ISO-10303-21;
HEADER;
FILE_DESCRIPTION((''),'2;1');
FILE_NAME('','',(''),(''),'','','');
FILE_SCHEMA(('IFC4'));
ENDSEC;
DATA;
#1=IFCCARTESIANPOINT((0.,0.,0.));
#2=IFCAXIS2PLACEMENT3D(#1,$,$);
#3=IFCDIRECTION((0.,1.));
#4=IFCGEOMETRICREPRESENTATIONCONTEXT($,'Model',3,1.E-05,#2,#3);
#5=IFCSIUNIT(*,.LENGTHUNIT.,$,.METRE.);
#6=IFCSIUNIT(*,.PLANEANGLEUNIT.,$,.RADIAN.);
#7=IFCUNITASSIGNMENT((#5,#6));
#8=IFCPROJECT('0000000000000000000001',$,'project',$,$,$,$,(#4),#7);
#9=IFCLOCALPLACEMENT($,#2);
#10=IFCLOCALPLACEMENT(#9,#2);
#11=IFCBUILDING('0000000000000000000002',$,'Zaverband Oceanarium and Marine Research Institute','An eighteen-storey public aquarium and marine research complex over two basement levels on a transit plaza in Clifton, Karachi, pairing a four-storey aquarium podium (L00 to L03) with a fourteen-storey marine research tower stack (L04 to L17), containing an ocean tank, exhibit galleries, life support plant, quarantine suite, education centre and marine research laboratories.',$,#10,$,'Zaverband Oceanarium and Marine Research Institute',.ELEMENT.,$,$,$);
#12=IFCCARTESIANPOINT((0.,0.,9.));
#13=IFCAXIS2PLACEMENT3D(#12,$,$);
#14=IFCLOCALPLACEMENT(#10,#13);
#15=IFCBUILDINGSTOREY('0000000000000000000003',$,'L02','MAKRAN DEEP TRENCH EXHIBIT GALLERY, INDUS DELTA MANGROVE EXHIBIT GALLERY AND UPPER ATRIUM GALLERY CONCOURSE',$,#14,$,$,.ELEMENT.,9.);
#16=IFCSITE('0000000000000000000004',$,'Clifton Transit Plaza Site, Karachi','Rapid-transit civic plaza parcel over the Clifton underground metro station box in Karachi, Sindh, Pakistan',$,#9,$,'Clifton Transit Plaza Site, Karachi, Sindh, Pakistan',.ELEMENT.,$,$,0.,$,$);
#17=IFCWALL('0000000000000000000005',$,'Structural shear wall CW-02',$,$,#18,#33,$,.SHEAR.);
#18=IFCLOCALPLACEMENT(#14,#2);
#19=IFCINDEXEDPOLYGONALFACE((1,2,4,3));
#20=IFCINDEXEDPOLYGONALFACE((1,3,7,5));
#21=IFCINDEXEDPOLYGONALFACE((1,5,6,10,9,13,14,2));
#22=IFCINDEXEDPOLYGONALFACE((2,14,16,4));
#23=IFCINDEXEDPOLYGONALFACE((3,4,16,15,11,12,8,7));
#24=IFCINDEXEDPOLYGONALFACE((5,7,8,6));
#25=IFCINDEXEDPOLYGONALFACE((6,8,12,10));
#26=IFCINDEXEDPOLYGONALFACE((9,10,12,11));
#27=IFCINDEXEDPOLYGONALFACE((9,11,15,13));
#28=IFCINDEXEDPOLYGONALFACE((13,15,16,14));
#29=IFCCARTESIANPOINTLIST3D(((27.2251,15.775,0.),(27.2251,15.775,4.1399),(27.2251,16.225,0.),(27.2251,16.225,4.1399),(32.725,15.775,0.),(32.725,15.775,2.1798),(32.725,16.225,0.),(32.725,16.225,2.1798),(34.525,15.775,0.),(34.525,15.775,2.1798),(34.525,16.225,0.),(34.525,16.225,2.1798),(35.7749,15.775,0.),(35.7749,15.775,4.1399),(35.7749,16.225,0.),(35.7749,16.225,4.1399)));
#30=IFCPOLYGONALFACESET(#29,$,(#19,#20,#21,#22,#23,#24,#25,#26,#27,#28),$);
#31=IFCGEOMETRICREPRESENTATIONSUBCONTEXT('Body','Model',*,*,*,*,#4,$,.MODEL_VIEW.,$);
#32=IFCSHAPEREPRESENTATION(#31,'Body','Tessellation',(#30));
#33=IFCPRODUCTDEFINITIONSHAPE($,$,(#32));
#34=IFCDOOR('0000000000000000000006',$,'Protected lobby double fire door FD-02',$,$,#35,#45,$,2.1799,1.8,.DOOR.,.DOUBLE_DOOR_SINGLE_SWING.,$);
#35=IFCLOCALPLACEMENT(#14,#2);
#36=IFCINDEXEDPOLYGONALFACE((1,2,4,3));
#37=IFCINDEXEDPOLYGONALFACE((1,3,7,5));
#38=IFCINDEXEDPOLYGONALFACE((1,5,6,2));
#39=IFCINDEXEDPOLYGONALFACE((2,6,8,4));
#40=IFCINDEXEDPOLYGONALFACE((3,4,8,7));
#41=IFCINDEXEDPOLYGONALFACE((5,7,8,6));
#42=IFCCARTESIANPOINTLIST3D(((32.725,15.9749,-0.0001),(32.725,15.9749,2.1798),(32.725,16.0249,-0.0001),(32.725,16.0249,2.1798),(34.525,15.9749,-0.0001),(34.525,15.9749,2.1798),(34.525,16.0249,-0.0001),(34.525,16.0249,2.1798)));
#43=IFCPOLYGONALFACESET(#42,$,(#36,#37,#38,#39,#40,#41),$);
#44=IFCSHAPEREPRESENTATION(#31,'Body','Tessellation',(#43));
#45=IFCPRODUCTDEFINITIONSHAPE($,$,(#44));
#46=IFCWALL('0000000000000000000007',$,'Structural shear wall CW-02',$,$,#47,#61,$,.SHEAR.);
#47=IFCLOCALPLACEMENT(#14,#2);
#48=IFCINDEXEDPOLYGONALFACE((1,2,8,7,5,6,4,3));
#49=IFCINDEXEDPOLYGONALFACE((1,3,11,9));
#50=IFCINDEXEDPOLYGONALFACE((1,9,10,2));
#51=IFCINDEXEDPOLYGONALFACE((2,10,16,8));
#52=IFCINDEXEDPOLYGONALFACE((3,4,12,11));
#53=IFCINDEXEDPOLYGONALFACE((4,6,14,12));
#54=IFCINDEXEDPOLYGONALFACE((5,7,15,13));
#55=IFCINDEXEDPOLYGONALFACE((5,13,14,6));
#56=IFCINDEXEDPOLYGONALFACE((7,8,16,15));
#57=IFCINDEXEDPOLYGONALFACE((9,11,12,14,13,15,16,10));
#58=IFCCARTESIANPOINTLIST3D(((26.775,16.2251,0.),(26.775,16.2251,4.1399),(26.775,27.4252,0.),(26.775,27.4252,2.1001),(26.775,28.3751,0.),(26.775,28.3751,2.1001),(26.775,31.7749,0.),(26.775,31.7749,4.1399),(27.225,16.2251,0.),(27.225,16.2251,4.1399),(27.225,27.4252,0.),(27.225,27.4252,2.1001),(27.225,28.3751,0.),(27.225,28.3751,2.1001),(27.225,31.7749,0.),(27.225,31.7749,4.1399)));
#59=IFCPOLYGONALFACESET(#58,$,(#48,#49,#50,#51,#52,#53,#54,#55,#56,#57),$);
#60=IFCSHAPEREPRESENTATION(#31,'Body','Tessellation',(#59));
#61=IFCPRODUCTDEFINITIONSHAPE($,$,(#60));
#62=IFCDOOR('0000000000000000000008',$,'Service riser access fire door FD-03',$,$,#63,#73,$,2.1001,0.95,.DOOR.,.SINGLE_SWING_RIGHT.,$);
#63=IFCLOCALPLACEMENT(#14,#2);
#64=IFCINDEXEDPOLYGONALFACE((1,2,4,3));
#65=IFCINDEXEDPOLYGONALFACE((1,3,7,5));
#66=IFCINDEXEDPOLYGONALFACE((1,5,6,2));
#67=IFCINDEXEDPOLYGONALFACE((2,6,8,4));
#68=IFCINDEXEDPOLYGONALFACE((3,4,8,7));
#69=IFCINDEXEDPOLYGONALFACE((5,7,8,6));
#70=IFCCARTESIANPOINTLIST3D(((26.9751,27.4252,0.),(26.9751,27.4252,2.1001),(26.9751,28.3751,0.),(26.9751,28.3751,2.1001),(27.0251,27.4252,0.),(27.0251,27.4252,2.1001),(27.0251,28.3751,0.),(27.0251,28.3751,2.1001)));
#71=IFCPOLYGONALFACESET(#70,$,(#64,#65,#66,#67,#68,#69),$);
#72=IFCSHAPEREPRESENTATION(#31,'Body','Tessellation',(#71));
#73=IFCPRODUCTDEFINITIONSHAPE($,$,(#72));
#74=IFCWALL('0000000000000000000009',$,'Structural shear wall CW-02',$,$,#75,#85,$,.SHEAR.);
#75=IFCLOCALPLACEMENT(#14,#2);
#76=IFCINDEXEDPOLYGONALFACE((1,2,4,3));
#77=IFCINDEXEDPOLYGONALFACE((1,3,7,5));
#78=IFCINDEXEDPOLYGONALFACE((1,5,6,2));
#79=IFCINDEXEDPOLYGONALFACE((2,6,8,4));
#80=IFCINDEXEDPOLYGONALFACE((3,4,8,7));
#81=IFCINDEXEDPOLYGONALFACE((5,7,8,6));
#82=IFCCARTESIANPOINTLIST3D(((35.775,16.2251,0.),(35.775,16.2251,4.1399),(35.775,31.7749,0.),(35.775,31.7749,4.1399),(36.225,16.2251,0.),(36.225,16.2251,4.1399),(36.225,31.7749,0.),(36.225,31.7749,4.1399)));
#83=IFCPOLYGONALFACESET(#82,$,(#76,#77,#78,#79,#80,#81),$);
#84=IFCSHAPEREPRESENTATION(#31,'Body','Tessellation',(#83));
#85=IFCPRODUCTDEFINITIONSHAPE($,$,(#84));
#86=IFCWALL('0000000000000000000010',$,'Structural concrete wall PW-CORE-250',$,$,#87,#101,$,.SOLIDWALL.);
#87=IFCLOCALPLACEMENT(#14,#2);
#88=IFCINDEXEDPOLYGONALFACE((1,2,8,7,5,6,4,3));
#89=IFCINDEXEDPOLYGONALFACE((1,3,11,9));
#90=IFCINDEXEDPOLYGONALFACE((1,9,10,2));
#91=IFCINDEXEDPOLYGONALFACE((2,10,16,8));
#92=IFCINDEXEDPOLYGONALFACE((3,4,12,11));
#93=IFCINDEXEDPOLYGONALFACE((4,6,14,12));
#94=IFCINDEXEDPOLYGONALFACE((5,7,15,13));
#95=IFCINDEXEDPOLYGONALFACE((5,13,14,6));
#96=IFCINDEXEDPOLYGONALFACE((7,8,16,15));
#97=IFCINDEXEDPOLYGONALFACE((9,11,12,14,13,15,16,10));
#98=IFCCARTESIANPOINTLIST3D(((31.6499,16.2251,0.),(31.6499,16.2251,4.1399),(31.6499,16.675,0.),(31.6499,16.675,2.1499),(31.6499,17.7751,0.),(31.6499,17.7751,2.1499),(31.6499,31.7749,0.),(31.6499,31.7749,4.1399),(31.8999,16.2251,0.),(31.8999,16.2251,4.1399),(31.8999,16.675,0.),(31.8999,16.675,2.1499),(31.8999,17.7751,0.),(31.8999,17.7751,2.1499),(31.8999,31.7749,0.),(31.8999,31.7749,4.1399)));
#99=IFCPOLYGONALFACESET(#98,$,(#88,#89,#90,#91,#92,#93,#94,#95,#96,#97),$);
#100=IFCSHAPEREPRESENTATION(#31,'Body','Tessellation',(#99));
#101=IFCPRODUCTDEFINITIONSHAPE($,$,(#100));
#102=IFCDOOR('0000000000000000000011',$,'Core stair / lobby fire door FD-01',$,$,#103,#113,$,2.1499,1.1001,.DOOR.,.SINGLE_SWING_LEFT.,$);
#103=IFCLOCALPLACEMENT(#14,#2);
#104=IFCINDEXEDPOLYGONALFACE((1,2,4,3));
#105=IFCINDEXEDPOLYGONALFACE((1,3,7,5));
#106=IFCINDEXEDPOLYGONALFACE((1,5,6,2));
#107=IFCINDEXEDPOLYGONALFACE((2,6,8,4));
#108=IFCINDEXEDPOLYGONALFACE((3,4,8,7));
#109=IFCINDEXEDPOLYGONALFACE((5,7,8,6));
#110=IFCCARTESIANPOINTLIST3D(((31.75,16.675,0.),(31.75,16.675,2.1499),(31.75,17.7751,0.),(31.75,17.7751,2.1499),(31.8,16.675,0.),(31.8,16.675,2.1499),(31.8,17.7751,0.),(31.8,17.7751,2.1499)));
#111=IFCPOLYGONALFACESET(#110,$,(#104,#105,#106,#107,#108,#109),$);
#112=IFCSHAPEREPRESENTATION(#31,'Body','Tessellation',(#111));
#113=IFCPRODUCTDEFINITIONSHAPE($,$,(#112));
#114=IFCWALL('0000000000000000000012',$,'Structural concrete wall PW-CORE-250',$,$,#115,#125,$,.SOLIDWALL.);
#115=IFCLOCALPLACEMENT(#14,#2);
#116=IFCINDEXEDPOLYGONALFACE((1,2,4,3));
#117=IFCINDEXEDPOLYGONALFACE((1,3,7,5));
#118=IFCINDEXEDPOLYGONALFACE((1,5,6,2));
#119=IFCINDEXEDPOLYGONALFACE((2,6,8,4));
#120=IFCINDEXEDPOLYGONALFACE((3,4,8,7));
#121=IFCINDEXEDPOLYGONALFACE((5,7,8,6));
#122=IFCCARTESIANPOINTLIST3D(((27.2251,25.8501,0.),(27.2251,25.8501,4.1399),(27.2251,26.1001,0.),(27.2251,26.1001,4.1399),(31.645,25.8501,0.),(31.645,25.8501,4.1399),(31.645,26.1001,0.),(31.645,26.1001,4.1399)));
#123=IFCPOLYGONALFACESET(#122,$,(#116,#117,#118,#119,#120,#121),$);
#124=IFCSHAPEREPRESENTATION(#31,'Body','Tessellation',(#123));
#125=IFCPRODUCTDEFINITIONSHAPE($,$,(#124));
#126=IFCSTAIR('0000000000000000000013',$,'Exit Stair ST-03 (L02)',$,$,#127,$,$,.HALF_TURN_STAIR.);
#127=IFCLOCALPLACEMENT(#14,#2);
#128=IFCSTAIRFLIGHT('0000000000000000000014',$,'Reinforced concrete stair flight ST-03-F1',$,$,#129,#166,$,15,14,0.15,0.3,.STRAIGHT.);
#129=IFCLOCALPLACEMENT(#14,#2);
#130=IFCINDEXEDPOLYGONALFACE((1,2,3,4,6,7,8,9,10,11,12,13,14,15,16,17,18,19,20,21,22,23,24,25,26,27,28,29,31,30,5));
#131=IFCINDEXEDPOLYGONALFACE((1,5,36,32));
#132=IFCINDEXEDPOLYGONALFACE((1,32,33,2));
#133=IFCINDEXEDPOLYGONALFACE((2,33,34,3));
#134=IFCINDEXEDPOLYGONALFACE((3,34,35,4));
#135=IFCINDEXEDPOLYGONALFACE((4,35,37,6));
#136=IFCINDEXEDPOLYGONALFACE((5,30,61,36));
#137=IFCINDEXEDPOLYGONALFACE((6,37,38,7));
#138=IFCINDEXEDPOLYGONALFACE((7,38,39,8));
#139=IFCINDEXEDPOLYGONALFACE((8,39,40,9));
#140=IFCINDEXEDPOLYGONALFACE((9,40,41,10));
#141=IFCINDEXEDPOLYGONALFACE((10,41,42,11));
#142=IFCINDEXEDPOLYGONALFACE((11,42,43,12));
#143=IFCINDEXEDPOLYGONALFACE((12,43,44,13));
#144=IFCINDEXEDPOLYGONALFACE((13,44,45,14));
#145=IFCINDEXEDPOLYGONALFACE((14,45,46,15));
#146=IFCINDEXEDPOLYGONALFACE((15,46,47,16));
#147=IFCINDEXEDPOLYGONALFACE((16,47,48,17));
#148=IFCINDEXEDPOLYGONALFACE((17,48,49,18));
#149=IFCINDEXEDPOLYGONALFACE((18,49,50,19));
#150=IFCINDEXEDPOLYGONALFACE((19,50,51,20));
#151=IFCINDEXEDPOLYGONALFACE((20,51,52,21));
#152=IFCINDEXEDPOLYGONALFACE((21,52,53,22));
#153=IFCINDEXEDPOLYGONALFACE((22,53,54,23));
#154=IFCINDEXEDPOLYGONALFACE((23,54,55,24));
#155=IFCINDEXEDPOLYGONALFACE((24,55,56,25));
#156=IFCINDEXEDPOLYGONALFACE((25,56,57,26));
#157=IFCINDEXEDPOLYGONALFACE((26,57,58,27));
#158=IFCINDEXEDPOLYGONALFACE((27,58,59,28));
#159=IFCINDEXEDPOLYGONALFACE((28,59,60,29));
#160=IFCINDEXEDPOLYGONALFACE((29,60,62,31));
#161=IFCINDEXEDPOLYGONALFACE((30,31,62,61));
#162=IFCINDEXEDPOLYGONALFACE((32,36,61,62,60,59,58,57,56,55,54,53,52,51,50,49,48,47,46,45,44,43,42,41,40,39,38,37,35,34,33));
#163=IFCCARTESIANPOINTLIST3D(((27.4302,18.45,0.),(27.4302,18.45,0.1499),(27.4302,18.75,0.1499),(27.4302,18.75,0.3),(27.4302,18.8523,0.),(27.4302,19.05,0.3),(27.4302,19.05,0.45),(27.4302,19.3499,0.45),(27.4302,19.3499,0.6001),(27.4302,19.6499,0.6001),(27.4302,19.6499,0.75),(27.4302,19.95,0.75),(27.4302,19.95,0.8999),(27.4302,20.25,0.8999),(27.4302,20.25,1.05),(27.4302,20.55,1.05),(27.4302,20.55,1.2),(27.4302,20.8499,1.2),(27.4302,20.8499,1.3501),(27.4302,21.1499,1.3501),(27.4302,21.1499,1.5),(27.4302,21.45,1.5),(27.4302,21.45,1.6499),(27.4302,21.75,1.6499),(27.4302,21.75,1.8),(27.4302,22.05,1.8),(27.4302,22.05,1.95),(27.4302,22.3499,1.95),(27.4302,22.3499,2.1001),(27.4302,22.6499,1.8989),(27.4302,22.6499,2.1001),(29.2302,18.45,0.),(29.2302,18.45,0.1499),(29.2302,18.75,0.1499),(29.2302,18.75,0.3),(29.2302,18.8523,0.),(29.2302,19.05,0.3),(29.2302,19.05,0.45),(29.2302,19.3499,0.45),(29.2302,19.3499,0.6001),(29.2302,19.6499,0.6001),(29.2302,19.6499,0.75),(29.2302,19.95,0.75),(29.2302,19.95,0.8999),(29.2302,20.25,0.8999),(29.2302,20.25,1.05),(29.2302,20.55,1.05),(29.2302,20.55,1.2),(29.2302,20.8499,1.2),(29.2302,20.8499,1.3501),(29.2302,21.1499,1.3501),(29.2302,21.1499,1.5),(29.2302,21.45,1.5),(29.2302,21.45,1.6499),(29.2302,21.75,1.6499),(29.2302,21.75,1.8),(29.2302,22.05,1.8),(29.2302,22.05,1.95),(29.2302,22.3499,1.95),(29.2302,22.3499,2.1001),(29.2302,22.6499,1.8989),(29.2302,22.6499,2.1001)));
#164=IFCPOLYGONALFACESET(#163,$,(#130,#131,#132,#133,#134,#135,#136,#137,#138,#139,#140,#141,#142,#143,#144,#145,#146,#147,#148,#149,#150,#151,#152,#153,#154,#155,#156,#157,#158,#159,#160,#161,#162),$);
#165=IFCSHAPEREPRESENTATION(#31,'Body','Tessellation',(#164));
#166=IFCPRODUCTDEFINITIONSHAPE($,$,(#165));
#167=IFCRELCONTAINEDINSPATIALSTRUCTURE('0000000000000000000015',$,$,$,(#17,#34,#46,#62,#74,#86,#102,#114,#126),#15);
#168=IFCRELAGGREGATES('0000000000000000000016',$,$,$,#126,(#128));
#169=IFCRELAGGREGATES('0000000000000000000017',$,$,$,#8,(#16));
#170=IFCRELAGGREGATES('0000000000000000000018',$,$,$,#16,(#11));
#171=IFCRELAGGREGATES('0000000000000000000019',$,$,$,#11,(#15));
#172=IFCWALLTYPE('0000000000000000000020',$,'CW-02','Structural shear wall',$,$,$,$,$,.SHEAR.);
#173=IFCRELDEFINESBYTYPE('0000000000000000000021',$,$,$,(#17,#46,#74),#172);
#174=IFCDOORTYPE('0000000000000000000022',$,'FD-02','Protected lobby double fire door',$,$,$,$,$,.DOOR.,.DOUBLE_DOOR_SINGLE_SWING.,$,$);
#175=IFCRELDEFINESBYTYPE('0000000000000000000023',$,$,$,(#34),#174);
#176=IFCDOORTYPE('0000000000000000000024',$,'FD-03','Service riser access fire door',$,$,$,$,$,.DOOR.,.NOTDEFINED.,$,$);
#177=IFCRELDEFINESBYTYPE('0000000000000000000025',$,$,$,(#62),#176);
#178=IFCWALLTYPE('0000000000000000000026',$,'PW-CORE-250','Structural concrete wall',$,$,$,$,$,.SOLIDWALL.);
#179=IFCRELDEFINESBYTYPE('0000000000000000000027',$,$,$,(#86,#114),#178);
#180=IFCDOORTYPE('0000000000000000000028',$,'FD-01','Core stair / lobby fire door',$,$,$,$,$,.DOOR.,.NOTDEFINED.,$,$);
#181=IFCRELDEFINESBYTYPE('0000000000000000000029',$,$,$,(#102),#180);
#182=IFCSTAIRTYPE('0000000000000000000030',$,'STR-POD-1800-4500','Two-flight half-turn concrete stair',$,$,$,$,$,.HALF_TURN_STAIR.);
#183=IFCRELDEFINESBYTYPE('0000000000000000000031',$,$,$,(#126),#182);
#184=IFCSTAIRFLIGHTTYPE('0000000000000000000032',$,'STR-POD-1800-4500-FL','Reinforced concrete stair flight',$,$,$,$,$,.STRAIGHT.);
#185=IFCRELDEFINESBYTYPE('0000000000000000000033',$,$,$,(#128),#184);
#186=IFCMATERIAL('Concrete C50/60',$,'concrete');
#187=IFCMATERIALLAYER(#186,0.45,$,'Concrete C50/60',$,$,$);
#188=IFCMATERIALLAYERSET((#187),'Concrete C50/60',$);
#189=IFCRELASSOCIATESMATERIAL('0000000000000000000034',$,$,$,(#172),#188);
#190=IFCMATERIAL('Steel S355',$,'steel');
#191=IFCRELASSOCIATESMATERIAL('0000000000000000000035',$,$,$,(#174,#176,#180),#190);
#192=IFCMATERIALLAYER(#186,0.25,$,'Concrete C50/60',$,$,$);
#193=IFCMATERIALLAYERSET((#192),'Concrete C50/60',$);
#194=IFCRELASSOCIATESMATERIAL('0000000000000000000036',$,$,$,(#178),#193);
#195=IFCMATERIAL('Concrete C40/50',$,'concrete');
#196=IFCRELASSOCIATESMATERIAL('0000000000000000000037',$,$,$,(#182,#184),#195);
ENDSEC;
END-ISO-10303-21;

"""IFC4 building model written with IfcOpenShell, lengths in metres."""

from ifc_helpers import new_model, si_unit, direction, frame, frame_2d, origin, place, context, subcontext, project, spatial, polyline, rectangle, outline, extrude, material, layer, layer_set, type_object, element, fill, aggregate, save


model = new_model("IFC4")

# Units and contexts
model_context = context("Model", 3, precision=1e-05, world=origin(), true_north=direction((0.0, 1.0)))
body_context = subcontext(model_context, "Body", "Model", "MODEL_VIEW")
ifc_project = project(units=[si_unit("LENGTHUNIT", "METRE"), si_unit("PLANEANGLEUNIT", "RADIAN")], contexts=[model_context])

# Site, building, storey
site_placement = place(None, origin())
site = spatial("IfcSite", under=ifc_project, at=site_placement, Name="Clifton Transit Plaza Site, Karachi", Description="Rapid-transit civic plaza parcel over the Clifton underground metro station box in Karachi, Sindh, Pakistan", LongName="Clifton Transit Plaza Site, Karachi, Sindh, Pakistan", CompositionType="ELEMENT", RefElevation=0.0)
building_placement = place(site_placement, origin())
building = spatial("IfcBuilding", under=site, at=building_placement, Name="Zaverband Oceanarium and Marine Research Institute", Description="An eighteen-storey public aquarium and marine research complex over two basement levels on a transit plaza in Clifton, Karachi, pairing a four-storey aquarium podium (L00 to L03) with a fourteen-storey marine research tower stack (L04 to L17), containing an ocean tank, exhibit galleries, life support plant, quarantine suite, education centre and marine research laboratories.", LongName="Zaverband Oceanarium and Marine Research Institute", CompositionType="ELEMENT")
storey_placement = place(building_placement, frame((0.0, 0.0, 9.0)))
storey = spatial("IfcBuildingStorey", under=building, at=storey_placement, Name="L02", Description="MAKRAN DEEP TRENCH EXHIBIT GALLERY, INDUS DELTA MANGROVE EXHIBIT GALLERY AND UPPER ATRIUM GALLERY CONCOURSE", CompositionType="ELEMENT", Elevation=9.0)

# Shared definitions
ifc_material_1 = material(Name="Concrete C50/60", Category="concrete")

# Shared definitions
ifc_material_2 = material(Name="Concrete C40/50", Category="concrete")

# Walls, openings, doors
ifc_layer_1 = layer(ifc_material_1, 0.45, Name="Concrete C50/60")
ifc_layer_set_1 = layer_set([ifc_layer_1], Name="Concrete C50/60")
wall_type_1 = type_object("IfcWallType", Name="CW-02", Description="Structural shear wall", PredefinedType="SHEAR", material=ifc_layer_set_1)
wall_1_placement = place(storey_placement, frame((27.2251, 16.0, 0.0), z_axis=(0.0, 0.0, 1.0), x_axis=(1.0, 0.0, 0.0)))
wall_1 = element("IfcWall", 1, at=wall_1_placement, inside=storey, type_object=wall_type_1, Name="Structural shear wall CW-02", PredefinedType="SHEAR", context=body_context, shape_type="SweptSolid", body=[
    extrude(rectangle(XDim=8.5498, YDim=0.45, at=frame_2d((4.2749, 0.0))), origin(), (0.0, 0.0, 1.0), 4.1399),
])
opening_1_placement = place(wall_1_placement, frame((5.5, 0.0, 0.0)))
opening_1 = element("IfcOpeningElement", 2, at=opening_1_placement, cuts=wall_1, PredefinedType="OPENING", context=body_context, shape_type="SweptSolid", body=[
    extrude(rectangle(XDim=1.8, YDim=2.1799, at=frame_2d((0.8999, 1.0898))), frame((0.0, 0.2368, 0.0), z_axis=(0.0, -1.0, 0.0), x_axis=(1.0, 0.0, 0.0)), (0.0, 0.0, 1.0), 0.4739),
])
ifc_material_3 = material(Name="Steel S355", Category="steel")
door_type_1 = type_object("IfcDoorType", Name="FD-02", Description="Protected lobby double fire door", OperationType="DOUBLE_DOOR_SINGLE_SWING", PredefinedType="DOOR", material=ifc_material_3)
door_1_placement = place(opening_1_placement, origin())
door_1 = element("IfcDoor", 3, at=door_1_placement, inside=storey, type_object=door_type_1, Name="Protected lobby double fire door FD-02", OperationType="DOUBLE_DOOR_SINGLE_SWING", OverallHeight=2.1799, OverallWidth=1.8, PredefinedType="DOOR", context=body_context, shape_type="SweptSolid", body=[
    extrude(rectangle(XDim=1.8, YDim=2.1799, at=frame_2d((0.8999, 1.0898))), frame((0.0, 0.0249, 0.0), z_axis=(0.0, -1.0, 0.0), x_axis=(1.0, 0.0, 0.0)), (0.0, 0.0, 1.0), 0.05),
])
fill(opening_1, door_1)
wall_2_placement = place(storey_placement, frame((27.0, 16.2251, 0.0), z_axis=(0.0, 0.0, 1.0), x_axis=(0.0, 1.0, 0.0)))
wall_2 = element("IfcWall", 4, at=wall_2_placement, inside=storey, type_object=wall_type_1, Name="Structural shear wall CW-02", PredefinedType="SHEAR", context=body_context, shape_type="SweptSolid", body=[
    extrude(rectangle(XDim=15.5498, YDim=0.45, at=frame_2d((7.7749, 0.0))), origin(), (0.0, 0.0, 1.0), 4.1399),
])
opening_2_placement = place(wall_2_placement, frame((11.2, 0.0, 0.0)))
opening_2 = element("IfcOpeningElement", 5, at=opening_2_placement, cuts=wall_2, PredefinedType="OPENING", context=body_context, shape_type="SweptSolid", body=[
    extrude(rectangle(XDim=0.95, YDim=2.1001, at=frame_2d((0.4751, 1.05))), frame((0.0, 0.2368, 0.0), z_axis=(0.0, -1.0, 0.0), x_axis=(1.0, 0.0, 0.0)), (0.0, 0.0, 1.0), 0.4739),
])
door_type_2 = type_object("IfcDoorType", Name="FD-03", Description="Service riser access fire door", OperationType="NOTDEFINED", PredefinedType="DOOR", material=ifc_material_3)
door_2_placement = place(opening_2_placement, origin())
door_2 = element("IfcDoor", 6, at=door_2_placement, inside=storey, type_object=door_type_2, Name="Service riser access fire door FD-03", OperationType="SINGLE_SWING_RIGHT", OverallHeight=2.1001, OverallWidth=0.95, PredefinedType="DOOR", context=body_context, shape_type="SweptSolid", body=[
    extrude(rectangle(XDim=0.95, YDim=2.1001, at=frame_2d((0.4751, 1.05))), frame((0.0, 0.0249, 0.0), z_axis=(0.0, -1.0, 0.0), x_axis=(1.0, 0.0, 0.0)), (0.0, 0.0, 1.0), 0.05),
])
fill(opening_2, door_2)

# Wall
wall_3_placement = place(storey_placement, frame((36.0, 16.2251, 0.0), z_axis=(0.0, 0.0, 1.0), x_axis=(0.0, 1.0, 0.0)))
element("IfcWall", 7, at=wall_3_placement, inside=storey, type_object=wall_type_1, Name="Structural shear wall CW-02", PredefinedType="SHEAR", context=body_context, shape_type="SweptSolid", body=[
    extrude(rectangle(XDim=15.5498, YDim=0.45, at=frame_2d((7.7749, 0.0))), origin(), (0.0, 0.0, 1.0), 4.1399),
])

# Wall, opening, door
ifc_layer_2 = layer(ifc_material_1, 0.25, Name="Concrete C50/60")
ifc_layer_set_2 = layer_set([ifc_layer_2], Name="Concrete C50/60")
wall_type_2 = type_object("IfcWallType", Name="PW-CORE-250", Description="Structural concrete wall", PredefinedType="SOLIDWALL", material=ifc_layer_set_2)
wall_4_placement = place(storey_placement, frame((31.7749, 16.2251, 0.0), z_axis=(0.0, 0.0, 1.0), x_axis=(0.0, 1.0, 0.0)))
wall_4 = element("IfcWall", 8, at=wall_4_placement, inside=storey, type_object=wall_type_2, Name="Structural concrete wall PW-CORE-250", PredefinedType="SOLIDWALL", context=body_context, shape_type="SweptSolid", body=[
    extrude(rectangle(XDim=15.5498, YDim=0.25, at=frame_2d((7.7749, 0.0))), origin(), (0.0, 0.0, 1.0), 4.1399),
])
opening_3_placement = place(wall_4_placement, frame((0.45, 0.0, 0.0)))
opening_3 = element("IfcOpeningElement", 9, at=opening_3_placement, cuts=wall_4, PredefinedType="OPENING", context=body_context, shape_type="SweptSolid", body=[
    extrude(rectangle(XDim=1.1001, YDim=2.1499, at=frame_2d((0.55, 1.075))), frame((0.0, 0.137, 0.0), z_axis=(0.0, -1.0, 0.0), x_axis=(1.0, 0.0, 0.0)), (0.0, 0.0, 1.0), 0.2739),
])
door_type_3 = type_object("IfcDoorType", Name="FD-01", Description="Core stair / lobby fire door", OperationType="NOTDEFINED", PredefinedType="DOOR", material=ifc_material_3)
door_3_placement = place(opening_3_placement, origin())
door_3 = element("IfcDoor", 10, at=door_3_placement, inside=storey, type_object=door_type_3, Name="Core stair / lobby fire door FD-01", OperationType="SINGLE_SWING_LEFT", OverallHeight=2.1499, OverallWidth=1.1001, PredefinedType="DOOR", context=body_context, shape_type="SweptSolid", body=[
    extrude(rectangle(XDim=1.1001, YDim=2.1499, at=frame_2d((0.55, 1.075))), frame((0.0, 0.0249, 0.0), z_axis=(0.0, -1.0, 0.0), x_axis=(1.0, 0.0, 0.0)), (0.0, 0.0, 1.0), 0.05),
])
fill(opening_3, door_3)

# Wall
wall_5_placement = place(storey_placement, frame((27.2251, 25.9751, 0.0), z_axis=(0.0, 0.0, 1.0), x_axis=(1.0, 0.0, 0.0)))
element("IfcWall", 11, at=wall_5_placement, inside=storey, type_object=wall_type_2, Name="Structural concrete wall PW-CORE-250", PredefinedType="SOLIDWALL", context=body_context, shape_type="SweptSolid", body=[
    extrude(rectangle(XDim=4.4199, YDim=0.25, at=frame_2d((2.21, 0.0))), origin(), (0.0, 0.0, 1.0), 4.1399),
])

# Stair, stair flight
stair_type = type_object("IfcStairType", Name="STR-POD-1800-4500", Description="Two-flight half-turn concrete stair", PredefinedType="HALF_TURN_STAIR", material=ifc_material_2)
stair_placement = place(storey_placement, origin())
stair = element("IfcStair", 12, at=stair_placement, inside=storey, type_object=stair_type, Name="Exit Stair ST-03 (L02)", PredefinedType="HALF_TURN_STAIR")
stair_flight_type = type_object("IfcStairFlightType", Name="STR-POD-1800-4500-FL", Description="Reinforced concrete stair flight", PredefinedType="STRAIGHT", material=ifc_material_2)
stair_flight_1_placement = place(storey_placement, frame((28.3301, 18.45, 0.0), z_axis=(0.0, 0.0, 1.0), x_axis=(0.0, 1.0, 0.0)))
stair_flight_1 = element("IfcStairFlight", 13, at=stair_flight_1_placement, type_object=stair_flight_type, Name="Reinforced concrete stair flight ST-03-F1", NumberOfRisers=15, NumberOfTreads=14, PredefinedType="STRAIGHT", RiserHeight=0.15, TreadLength=0.3, context=body_context, shape_type="SweptSolid", body=[
    extrude(outline(polyline([(0.0, 0.0), (0.0, 0.1499), (0.3, 0.1499), (0.3, 0.3), (0.6001, 0.3), (0.6001, 0.45), (0.8999, 0.45), (0.8999, 0.6001), (1.2, 0.6001), (1.2, 0.75), (1.5, 0.75), (1.5, 0.8999), (1.8, 0.8999), (1.8, 1.05), (2.1001, 1.05), (2.1001, 1.2), (2.3999, 1.2), (2.3999, 1.3501), (2.7, 1.3501), (2.7, 1.5), (3.0, 1.5), (3.0, 1.6499), (3.3, 1.6499), (3.3, 1.8), (3.6001, 1.8), (3.6001, 1.95), (3.8999, 1.95), (3.8999, 2.1001), (4.2, 2.1001), (4.2, 2.25), (4.2, 1.8989), (0.4023, 0.0), (0.0, 0.0)])), frame((0.0, 0.8999, 0.0), z_axis=(0.0, -1.0, 0.0), x_axis=(1.0, 0.0, 0.0)), (0.0, 0.0, 1.0), 1.8),
])
aggregate(stair, [stair_flight_1])

save(model, "model.ifc")
